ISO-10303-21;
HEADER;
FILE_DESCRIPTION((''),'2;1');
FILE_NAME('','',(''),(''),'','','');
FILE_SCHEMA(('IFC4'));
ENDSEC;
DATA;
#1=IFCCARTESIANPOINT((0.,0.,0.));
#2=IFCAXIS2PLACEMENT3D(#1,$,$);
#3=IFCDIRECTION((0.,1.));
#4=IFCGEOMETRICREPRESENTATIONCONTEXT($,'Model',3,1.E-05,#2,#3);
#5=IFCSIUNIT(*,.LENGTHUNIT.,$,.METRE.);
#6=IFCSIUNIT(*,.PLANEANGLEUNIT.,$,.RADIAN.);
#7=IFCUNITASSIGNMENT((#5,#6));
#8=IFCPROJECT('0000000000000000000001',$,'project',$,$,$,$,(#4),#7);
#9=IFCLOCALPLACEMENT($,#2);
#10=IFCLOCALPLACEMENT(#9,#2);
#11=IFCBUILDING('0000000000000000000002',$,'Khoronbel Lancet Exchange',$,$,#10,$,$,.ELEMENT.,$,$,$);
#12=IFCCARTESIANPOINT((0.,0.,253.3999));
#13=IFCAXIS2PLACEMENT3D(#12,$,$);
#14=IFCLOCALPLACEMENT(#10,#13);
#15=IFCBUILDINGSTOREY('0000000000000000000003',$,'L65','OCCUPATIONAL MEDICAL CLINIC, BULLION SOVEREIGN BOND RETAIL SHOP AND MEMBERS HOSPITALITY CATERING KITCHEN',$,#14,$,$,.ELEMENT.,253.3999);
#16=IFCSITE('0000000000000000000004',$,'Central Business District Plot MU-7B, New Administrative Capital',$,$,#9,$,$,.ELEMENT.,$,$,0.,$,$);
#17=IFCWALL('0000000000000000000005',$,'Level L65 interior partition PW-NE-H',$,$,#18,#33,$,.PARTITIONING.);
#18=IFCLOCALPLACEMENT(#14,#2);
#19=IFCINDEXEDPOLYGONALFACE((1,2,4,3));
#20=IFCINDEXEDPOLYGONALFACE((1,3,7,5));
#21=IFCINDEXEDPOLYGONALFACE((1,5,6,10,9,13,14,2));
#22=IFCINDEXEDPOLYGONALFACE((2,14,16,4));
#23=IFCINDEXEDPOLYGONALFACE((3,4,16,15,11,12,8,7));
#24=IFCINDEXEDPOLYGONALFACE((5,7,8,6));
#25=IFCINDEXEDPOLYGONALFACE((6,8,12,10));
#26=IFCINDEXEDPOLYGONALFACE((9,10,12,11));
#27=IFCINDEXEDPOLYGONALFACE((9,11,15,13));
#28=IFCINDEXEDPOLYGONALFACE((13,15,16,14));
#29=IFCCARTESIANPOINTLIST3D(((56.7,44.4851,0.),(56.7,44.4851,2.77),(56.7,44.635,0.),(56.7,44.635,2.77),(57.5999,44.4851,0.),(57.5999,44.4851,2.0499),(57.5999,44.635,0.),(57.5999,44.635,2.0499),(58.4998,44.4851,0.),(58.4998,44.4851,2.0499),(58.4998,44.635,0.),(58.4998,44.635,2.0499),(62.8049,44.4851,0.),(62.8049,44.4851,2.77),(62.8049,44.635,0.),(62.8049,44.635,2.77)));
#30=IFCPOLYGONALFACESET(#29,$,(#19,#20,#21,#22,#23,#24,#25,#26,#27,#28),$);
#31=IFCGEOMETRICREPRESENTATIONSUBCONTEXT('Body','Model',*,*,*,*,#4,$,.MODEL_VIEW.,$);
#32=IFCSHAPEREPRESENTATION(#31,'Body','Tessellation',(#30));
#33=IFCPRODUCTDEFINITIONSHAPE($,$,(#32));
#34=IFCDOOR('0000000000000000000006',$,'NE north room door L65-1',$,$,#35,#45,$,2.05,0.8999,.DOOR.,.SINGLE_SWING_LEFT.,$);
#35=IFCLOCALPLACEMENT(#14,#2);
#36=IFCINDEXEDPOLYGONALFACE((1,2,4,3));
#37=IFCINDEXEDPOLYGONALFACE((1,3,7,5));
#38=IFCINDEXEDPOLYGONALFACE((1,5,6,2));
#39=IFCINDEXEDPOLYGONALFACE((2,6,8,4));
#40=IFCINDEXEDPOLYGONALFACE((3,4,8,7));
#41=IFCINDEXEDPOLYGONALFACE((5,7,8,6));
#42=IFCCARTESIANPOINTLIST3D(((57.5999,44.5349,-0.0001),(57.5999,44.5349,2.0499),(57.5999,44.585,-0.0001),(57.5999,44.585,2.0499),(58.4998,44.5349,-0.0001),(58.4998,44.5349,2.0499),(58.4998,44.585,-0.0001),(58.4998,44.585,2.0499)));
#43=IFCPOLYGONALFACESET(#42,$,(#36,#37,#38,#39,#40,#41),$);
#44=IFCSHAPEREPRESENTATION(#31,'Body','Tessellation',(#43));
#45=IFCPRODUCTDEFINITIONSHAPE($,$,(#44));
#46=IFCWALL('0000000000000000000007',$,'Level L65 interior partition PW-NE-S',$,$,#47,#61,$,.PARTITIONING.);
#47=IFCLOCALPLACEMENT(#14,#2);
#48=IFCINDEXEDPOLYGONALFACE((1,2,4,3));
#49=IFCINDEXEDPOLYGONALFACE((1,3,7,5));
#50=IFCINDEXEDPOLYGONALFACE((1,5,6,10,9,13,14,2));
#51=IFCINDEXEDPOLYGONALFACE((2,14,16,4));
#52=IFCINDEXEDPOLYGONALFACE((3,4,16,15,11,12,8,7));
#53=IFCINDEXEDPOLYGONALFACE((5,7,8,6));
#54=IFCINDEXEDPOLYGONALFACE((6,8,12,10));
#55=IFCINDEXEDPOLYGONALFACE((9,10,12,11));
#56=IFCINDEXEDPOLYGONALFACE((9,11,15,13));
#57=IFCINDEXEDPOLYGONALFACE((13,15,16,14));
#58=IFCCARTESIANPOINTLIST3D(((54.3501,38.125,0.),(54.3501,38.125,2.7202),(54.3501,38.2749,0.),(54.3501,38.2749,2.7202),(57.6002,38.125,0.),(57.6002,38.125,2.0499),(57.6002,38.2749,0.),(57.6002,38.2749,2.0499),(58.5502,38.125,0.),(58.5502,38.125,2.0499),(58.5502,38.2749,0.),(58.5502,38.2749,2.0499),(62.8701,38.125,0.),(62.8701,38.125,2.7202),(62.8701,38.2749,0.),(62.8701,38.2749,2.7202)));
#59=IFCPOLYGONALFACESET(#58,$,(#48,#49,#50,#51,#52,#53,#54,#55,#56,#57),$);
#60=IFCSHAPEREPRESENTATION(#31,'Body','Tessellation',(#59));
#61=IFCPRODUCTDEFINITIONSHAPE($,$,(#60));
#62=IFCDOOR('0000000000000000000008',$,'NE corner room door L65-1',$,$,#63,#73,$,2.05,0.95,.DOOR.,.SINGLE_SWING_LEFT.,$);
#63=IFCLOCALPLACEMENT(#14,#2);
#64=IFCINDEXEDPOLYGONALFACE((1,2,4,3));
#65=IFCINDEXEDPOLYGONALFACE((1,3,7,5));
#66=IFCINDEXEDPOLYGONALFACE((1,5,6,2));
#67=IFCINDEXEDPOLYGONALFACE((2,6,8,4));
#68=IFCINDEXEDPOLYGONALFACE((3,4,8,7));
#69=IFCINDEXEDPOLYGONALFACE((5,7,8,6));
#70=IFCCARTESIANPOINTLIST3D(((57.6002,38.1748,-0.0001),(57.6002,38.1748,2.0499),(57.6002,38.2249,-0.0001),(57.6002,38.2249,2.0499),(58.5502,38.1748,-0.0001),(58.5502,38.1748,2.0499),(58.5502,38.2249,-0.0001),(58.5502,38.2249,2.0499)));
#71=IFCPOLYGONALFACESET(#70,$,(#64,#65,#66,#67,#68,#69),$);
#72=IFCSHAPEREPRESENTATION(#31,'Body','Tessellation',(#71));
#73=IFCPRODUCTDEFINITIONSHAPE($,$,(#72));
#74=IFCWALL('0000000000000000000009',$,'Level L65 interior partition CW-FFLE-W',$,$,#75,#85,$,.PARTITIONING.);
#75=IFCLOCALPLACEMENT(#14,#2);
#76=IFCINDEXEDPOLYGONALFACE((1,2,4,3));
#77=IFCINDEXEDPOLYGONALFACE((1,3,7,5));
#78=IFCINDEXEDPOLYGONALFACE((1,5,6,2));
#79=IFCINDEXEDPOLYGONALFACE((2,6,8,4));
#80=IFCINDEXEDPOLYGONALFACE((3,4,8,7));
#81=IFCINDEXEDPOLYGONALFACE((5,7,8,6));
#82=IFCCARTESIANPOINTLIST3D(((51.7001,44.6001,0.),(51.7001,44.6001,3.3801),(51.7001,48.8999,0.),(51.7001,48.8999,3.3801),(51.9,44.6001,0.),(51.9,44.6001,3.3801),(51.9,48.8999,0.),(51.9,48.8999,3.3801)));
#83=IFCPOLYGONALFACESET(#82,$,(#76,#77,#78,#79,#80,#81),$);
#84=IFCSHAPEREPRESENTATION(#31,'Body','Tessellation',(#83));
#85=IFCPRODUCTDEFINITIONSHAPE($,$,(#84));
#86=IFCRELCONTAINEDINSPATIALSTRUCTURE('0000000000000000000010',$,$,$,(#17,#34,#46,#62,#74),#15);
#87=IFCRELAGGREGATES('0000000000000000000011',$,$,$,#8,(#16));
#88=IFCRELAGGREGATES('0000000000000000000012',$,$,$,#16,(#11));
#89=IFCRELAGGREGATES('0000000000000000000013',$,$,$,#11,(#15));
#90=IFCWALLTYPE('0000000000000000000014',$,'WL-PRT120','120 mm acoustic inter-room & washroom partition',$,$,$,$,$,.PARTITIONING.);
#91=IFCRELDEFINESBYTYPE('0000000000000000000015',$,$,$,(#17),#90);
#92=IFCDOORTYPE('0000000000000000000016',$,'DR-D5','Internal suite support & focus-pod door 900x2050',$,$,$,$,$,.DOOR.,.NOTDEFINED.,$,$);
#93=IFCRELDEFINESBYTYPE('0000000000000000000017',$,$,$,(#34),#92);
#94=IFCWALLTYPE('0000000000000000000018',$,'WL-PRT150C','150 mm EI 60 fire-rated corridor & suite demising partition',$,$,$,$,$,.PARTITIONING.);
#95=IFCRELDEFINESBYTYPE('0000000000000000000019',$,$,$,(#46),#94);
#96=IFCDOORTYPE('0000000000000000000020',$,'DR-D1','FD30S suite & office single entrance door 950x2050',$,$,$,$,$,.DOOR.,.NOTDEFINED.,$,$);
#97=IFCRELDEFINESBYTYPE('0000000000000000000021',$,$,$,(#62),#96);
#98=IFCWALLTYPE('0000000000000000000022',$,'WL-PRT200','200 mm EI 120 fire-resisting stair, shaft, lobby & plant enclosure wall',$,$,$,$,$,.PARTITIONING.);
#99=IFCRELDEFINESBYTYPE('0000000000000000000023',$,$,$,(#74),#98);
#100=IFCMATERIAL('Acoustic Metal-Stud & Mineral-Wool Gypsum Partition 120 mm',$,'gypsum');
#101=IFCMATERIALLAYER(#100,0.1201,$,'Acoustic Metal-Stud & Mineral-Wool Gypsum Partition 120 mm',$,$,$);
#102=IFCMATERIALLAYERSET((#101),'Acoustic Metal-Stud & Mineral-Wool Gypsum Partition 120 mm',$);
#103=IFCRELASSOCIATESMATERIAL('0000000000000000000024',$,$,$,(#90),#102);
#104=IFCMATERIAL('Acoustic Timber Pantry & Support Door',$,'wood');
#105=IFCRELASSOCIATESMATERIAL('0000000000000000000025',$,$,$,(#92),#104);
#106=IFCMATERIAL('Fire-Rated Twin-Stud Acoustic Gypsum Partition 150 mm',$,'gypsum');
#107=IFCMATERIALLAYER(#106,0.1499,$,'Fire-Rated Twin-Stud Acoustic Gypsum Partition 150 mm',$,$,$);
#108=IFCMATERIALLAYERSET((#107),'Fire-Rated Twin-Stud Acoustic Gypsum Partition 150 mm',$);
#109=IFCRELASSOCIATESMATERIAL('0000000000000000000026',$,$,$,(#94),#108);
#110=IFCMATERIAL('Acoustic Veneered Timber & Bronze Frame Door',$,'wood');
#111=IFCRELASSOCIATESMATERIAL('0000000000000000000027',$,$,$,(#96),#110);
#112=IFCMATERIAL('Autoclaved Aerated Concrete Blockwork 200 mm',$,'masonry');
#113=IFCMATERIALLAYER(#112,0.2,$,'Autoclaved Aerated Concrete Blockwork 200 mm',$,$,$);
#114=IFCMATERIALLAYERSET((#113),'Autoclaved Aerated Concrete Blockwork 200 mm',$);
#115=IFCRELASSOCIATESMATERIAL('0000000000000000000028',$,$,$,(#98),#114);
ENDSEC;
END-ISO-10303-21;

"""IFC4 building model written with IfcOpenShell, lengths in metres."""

from ifc_helpers import new_model, si_unit, direction, frame, frame_2d, origin, place, context, subcontext, project, spatial, rectangle, extrude, material, layer, layer_set, type_object, element, fill, save


model = new_model("IFC4")

# Units and contexts
model_context = context("Model", 3, precision=1e-05, world=origin(), true_north=direction((0.0, 1.0)))
body_context = subcontext(model_context, "Body", "Model", "MODEL_VIEW")
ifc_project = project(units=[si_unit("LENGTHUNIT", "METRE"), si_unit("PLANEANGLEUNIT", "RADIAN")], contexts=[model_context])

# Site, building, storey
site_placement = place(None, origin())
site = spatial("IfcSite", under=ifc_project, at=site_placement, Name="Central Business District Plot MU-7B, New Administrative Capital", CompositionType="ELEMENT", RefElevation=0.0)
building_placement = place(site_placement, origin())
building = spatial("IfcBuilding", under=site, at=building_placement, Name="Khoronbel Lancet Exchange", CompositionType="ELEMENT")
storey_placement = place(building_placement, frame((0.0, 0.0, 253.3999)))
storey = spatial("IfcBuildingStorey", under=building, at=storey_placement, Name="L65", Description="OCCUPATIONAL MEDICAL CLINIC, BULLION SOVEREIGN BOND RETAIL SHOP AND MEMBERS HOSPITALITY CATERING KITCHEN", CompositionType="ELEMENT", Elevation=253.3999)

# Shared definitions
ifc_material_1 = material(Name="Acoustic Metal-Stud & Mineral-Wool Gypsum Partition 120 mm", Category="gypsum")
ifc_layer_1 = layer(ifc_material_1, 0.1201, Name="Acoustic Metal-Stud & Mineral-Wool Gypsum Partition 120 mm")
ifc_layer_set_1 = layer_set([ifc_layer_1], Name="Acoustic Metal-Stud & Mineral-Wool Gypsum Partition 120 mm")
wall_type_1 = type_object("IfcWallType", Name="WL-PRT120", Description="120 mm acoustic inter-room & washroom partition", PredefinedType="PARTITIONING", material=ifc_layer_set_1)

# Walls, openings, doors
wall_1_placement = place(storey_placement, frame((56.7, 44.5601, 0.0), z_axis=(0.0, 0.0, 1.0), x_axis=(1.0, 0.0, 0.0)))
wall_1 = element("IfcWall", 1, at=wall_1_placement, inside=storey, type_object=wall_type_1, Name="Level L65 interior partition PW-NE-H", PredefinedType="PARTITIONING", context=body_context, shape_type="SweptSolid", body=[
    extrude(rectangle(XDim=6.105, YDim=0.1499, at=frame_2d((3.0525, 0.0))), origin(), (0.0, 0.0, 1.0), 2.77),
])
opening_1_placement = place(wall_1_placement, frame((0.8999, 0.0, 0.0)))
opening_1 = element("IfcOpeningElement", 2, at=opening_1_placement, cuts=wall_1, PredefinedType="OPENING", context=body_context, shape_type="SweptSolid", body=[
    extrude(rectangle(XDim=0.8999, YDim=2.05, at=frame_2d((0.45, 1.0249))), frame((0.0, 0.085, 0.0), z_axis=(0.0, -1.0, 0.0), x_axis=(1.0, 0.0, 0.0)), (0.0, 0.0, 1.0), 0.1699),
])
ifc_material_2 = material(Name="Acoustic Timber Pantry & Support Door", Category="wood")
door_type_1 = type_object("IfcDoorType", Name="DR-D5", Description="Internal suite support & focus-pod door 900x2050", OperationType="NOTDEFINED", PredefinedType="DOOR", material=ifc_material_2)
door_1_placement = place(opening_1_placement, origin())
door_1 = element("IfcDoor", 3, at=door_1_placement, inside=storey, type_object=door_type_1, Name="NE north room door L65-1", OperationType="SINGLE_SWING_LEFT", OverallHeight=2.05, OverallWidth=0.8999, PredefinedType="DOOR", context=body_context, shape_type="SweptSolid", body=[
    extrude(rectangle(XDim=0.8999, YDim=2.05, at=frame_2d((0.45, 1.0249))), frame((0.0, 0.0249, 0.0), z_axis=(0.0, -1.0, 0.0), x_axis=(1.0, 0.0, 0.0)), (0.0, 0.0, 1.0), 0.05),
])
fill(opening_1, door_1)
ifc_material_3 = material(Name="Fire-Rated Twin-Stud Acoustic Gypsum Partition 150 mm", Category="gypsum")
ifc_layer_2 = layer(ifc_material_3, 0.1499, Name="Fire-Rated Twin-Stud Acoustic Gypsum Partition 150 mm")
ifc_layer_set_2 = layer_set([ifc_layer_2], Name="Fire-Rated Twin-Stud Acoustic Gypsum Partition 150 mm")
wall_type_2 = type_object("IfcWallType", Name="WL-PRT150C", Description="150 mm EI 60 fire-rated corridor & suite demising partition", PredefinedType="PARTITIONING", material=ifc_layer_set_2)
wall_2_placement = place(storey_placement, frame((54.3501, 38.2, 0.0), z_axis=(0.0, 0.0, 1.0), x_axis=(1.0, 0.0, 0.0)))
wall_2 = element("IfcWall", 4, at=wall_2_placement, inside=storey, type_object=wall_type_2, Name="Level L65 interior partition PW-NE-S", PredefinedType="PARTITIONING", context=body_context, shape_type="SweptSolid", body=[
    extrude(rectangle(XDim=8.52, YDim=0.1499, at=frame_2d((4.26, 0.0))), origin(), (0.0, 0.0, 1.0), 2.7202),
])
opening_2_placement = place(wall_2_placement, frame((3.25, 0.0, 0.0)))
opening_2 = element("IfcOpeningElement", 5, at=opening_2_placement, cuts=wall_2, PredefinedType="OPENING", context=body_context, shape_type="SweptSolid", body=[
    extrude(rectangle(XDim=0.95, YDim=2.05, at=frame_2d((0.4751, 1.0249))), frame((0.0, 0.085, 0.0), z_axis=(0.0, -1.0, 0.0), x_axis=(1.0, 0.0, 0.0)), (0.0, 0.0, 1.0), 0.1699),
])
ifc_material_4 = material(Name="Acoustic Veneered Timber & Bronze Frame Door", Category="wood")
door_type_2 = type_object("IfcDoorType", Name="DR-D1", Description="FD30S suite & office single entrance door 950x2050", OperationType="NOTDEFINED", PredefinedType="DOOR", material=ifc_material_4)
door_2_placement = place(opening_2_placement, origin())
door_2 = element("IfcDoor", 6, at=door_2_placement, inside=storey, type_object=door_type_2, Name="NE corner room door L65-1", OperationType="SINGLE_SWING_LEFT", OverallHeight=2.05, OverallWidth=0.95, PredefinedType="DOOR", context=body_context, shape_type="SweptSolid", body=[
    extrude(rectangle(XDim=0.95, YDim=2.05, at=frame_2d((0.4751, 1.0249))), frame((0.0, 0.0249, 0.0), z_axis=(0.0, -1.0, 0.0), x_axis=(1.0, 0.0, 0.0)), (0.0, 0.0, 1.0), 0.05),
])
fill(opening_2, door_2)

# Wall
ifc_material_5 = material(Name="Autoclaved Aerated Concrete Blockwork 200 mm", Category="masonry")
ifc_layer_3 = layer(ifc_material_5, 0.2, Name="Autoclaved Aerated Concrete Blockwork 200 mm")
ifc_layer_set_3 = layer_set([ifc_layer_3], Name="Autoclaved Aerated Concrete Blockwork 200 mm")
wall_type_3 = type_object("IfcWallType", Name="WL-PRT200", Description="200 mm EI 120 fire-resisting stair, shaft, lobby & plant enclosure wall", PredefinedType="PARTITIONING", material=ifc_layer_set_3)
wall_3_placement = place(storey_placement, frame((51.8, 44.6001, 0.0), z_axis=(0.0, 0.0, 1.0), x_axis=(0.0, 1.0, 0.0)))
element("IfcWall", 7, at=wall_3_placement, inside=storey, type_object=wall_type_3, Name="Level L65 interior partition CW-FFLE-W", PredefinedType="PARTITIONING", context=body_context, shape_type="SweptSolid", body=[
    extrude(rectangle(XDim=4.2998, YDim=0.2, at=frame_2d((2.1499, 0.0))), origin(), (0.0, 0.0, 1.0), 3.3801),
])

save(model, "model.ifc")
